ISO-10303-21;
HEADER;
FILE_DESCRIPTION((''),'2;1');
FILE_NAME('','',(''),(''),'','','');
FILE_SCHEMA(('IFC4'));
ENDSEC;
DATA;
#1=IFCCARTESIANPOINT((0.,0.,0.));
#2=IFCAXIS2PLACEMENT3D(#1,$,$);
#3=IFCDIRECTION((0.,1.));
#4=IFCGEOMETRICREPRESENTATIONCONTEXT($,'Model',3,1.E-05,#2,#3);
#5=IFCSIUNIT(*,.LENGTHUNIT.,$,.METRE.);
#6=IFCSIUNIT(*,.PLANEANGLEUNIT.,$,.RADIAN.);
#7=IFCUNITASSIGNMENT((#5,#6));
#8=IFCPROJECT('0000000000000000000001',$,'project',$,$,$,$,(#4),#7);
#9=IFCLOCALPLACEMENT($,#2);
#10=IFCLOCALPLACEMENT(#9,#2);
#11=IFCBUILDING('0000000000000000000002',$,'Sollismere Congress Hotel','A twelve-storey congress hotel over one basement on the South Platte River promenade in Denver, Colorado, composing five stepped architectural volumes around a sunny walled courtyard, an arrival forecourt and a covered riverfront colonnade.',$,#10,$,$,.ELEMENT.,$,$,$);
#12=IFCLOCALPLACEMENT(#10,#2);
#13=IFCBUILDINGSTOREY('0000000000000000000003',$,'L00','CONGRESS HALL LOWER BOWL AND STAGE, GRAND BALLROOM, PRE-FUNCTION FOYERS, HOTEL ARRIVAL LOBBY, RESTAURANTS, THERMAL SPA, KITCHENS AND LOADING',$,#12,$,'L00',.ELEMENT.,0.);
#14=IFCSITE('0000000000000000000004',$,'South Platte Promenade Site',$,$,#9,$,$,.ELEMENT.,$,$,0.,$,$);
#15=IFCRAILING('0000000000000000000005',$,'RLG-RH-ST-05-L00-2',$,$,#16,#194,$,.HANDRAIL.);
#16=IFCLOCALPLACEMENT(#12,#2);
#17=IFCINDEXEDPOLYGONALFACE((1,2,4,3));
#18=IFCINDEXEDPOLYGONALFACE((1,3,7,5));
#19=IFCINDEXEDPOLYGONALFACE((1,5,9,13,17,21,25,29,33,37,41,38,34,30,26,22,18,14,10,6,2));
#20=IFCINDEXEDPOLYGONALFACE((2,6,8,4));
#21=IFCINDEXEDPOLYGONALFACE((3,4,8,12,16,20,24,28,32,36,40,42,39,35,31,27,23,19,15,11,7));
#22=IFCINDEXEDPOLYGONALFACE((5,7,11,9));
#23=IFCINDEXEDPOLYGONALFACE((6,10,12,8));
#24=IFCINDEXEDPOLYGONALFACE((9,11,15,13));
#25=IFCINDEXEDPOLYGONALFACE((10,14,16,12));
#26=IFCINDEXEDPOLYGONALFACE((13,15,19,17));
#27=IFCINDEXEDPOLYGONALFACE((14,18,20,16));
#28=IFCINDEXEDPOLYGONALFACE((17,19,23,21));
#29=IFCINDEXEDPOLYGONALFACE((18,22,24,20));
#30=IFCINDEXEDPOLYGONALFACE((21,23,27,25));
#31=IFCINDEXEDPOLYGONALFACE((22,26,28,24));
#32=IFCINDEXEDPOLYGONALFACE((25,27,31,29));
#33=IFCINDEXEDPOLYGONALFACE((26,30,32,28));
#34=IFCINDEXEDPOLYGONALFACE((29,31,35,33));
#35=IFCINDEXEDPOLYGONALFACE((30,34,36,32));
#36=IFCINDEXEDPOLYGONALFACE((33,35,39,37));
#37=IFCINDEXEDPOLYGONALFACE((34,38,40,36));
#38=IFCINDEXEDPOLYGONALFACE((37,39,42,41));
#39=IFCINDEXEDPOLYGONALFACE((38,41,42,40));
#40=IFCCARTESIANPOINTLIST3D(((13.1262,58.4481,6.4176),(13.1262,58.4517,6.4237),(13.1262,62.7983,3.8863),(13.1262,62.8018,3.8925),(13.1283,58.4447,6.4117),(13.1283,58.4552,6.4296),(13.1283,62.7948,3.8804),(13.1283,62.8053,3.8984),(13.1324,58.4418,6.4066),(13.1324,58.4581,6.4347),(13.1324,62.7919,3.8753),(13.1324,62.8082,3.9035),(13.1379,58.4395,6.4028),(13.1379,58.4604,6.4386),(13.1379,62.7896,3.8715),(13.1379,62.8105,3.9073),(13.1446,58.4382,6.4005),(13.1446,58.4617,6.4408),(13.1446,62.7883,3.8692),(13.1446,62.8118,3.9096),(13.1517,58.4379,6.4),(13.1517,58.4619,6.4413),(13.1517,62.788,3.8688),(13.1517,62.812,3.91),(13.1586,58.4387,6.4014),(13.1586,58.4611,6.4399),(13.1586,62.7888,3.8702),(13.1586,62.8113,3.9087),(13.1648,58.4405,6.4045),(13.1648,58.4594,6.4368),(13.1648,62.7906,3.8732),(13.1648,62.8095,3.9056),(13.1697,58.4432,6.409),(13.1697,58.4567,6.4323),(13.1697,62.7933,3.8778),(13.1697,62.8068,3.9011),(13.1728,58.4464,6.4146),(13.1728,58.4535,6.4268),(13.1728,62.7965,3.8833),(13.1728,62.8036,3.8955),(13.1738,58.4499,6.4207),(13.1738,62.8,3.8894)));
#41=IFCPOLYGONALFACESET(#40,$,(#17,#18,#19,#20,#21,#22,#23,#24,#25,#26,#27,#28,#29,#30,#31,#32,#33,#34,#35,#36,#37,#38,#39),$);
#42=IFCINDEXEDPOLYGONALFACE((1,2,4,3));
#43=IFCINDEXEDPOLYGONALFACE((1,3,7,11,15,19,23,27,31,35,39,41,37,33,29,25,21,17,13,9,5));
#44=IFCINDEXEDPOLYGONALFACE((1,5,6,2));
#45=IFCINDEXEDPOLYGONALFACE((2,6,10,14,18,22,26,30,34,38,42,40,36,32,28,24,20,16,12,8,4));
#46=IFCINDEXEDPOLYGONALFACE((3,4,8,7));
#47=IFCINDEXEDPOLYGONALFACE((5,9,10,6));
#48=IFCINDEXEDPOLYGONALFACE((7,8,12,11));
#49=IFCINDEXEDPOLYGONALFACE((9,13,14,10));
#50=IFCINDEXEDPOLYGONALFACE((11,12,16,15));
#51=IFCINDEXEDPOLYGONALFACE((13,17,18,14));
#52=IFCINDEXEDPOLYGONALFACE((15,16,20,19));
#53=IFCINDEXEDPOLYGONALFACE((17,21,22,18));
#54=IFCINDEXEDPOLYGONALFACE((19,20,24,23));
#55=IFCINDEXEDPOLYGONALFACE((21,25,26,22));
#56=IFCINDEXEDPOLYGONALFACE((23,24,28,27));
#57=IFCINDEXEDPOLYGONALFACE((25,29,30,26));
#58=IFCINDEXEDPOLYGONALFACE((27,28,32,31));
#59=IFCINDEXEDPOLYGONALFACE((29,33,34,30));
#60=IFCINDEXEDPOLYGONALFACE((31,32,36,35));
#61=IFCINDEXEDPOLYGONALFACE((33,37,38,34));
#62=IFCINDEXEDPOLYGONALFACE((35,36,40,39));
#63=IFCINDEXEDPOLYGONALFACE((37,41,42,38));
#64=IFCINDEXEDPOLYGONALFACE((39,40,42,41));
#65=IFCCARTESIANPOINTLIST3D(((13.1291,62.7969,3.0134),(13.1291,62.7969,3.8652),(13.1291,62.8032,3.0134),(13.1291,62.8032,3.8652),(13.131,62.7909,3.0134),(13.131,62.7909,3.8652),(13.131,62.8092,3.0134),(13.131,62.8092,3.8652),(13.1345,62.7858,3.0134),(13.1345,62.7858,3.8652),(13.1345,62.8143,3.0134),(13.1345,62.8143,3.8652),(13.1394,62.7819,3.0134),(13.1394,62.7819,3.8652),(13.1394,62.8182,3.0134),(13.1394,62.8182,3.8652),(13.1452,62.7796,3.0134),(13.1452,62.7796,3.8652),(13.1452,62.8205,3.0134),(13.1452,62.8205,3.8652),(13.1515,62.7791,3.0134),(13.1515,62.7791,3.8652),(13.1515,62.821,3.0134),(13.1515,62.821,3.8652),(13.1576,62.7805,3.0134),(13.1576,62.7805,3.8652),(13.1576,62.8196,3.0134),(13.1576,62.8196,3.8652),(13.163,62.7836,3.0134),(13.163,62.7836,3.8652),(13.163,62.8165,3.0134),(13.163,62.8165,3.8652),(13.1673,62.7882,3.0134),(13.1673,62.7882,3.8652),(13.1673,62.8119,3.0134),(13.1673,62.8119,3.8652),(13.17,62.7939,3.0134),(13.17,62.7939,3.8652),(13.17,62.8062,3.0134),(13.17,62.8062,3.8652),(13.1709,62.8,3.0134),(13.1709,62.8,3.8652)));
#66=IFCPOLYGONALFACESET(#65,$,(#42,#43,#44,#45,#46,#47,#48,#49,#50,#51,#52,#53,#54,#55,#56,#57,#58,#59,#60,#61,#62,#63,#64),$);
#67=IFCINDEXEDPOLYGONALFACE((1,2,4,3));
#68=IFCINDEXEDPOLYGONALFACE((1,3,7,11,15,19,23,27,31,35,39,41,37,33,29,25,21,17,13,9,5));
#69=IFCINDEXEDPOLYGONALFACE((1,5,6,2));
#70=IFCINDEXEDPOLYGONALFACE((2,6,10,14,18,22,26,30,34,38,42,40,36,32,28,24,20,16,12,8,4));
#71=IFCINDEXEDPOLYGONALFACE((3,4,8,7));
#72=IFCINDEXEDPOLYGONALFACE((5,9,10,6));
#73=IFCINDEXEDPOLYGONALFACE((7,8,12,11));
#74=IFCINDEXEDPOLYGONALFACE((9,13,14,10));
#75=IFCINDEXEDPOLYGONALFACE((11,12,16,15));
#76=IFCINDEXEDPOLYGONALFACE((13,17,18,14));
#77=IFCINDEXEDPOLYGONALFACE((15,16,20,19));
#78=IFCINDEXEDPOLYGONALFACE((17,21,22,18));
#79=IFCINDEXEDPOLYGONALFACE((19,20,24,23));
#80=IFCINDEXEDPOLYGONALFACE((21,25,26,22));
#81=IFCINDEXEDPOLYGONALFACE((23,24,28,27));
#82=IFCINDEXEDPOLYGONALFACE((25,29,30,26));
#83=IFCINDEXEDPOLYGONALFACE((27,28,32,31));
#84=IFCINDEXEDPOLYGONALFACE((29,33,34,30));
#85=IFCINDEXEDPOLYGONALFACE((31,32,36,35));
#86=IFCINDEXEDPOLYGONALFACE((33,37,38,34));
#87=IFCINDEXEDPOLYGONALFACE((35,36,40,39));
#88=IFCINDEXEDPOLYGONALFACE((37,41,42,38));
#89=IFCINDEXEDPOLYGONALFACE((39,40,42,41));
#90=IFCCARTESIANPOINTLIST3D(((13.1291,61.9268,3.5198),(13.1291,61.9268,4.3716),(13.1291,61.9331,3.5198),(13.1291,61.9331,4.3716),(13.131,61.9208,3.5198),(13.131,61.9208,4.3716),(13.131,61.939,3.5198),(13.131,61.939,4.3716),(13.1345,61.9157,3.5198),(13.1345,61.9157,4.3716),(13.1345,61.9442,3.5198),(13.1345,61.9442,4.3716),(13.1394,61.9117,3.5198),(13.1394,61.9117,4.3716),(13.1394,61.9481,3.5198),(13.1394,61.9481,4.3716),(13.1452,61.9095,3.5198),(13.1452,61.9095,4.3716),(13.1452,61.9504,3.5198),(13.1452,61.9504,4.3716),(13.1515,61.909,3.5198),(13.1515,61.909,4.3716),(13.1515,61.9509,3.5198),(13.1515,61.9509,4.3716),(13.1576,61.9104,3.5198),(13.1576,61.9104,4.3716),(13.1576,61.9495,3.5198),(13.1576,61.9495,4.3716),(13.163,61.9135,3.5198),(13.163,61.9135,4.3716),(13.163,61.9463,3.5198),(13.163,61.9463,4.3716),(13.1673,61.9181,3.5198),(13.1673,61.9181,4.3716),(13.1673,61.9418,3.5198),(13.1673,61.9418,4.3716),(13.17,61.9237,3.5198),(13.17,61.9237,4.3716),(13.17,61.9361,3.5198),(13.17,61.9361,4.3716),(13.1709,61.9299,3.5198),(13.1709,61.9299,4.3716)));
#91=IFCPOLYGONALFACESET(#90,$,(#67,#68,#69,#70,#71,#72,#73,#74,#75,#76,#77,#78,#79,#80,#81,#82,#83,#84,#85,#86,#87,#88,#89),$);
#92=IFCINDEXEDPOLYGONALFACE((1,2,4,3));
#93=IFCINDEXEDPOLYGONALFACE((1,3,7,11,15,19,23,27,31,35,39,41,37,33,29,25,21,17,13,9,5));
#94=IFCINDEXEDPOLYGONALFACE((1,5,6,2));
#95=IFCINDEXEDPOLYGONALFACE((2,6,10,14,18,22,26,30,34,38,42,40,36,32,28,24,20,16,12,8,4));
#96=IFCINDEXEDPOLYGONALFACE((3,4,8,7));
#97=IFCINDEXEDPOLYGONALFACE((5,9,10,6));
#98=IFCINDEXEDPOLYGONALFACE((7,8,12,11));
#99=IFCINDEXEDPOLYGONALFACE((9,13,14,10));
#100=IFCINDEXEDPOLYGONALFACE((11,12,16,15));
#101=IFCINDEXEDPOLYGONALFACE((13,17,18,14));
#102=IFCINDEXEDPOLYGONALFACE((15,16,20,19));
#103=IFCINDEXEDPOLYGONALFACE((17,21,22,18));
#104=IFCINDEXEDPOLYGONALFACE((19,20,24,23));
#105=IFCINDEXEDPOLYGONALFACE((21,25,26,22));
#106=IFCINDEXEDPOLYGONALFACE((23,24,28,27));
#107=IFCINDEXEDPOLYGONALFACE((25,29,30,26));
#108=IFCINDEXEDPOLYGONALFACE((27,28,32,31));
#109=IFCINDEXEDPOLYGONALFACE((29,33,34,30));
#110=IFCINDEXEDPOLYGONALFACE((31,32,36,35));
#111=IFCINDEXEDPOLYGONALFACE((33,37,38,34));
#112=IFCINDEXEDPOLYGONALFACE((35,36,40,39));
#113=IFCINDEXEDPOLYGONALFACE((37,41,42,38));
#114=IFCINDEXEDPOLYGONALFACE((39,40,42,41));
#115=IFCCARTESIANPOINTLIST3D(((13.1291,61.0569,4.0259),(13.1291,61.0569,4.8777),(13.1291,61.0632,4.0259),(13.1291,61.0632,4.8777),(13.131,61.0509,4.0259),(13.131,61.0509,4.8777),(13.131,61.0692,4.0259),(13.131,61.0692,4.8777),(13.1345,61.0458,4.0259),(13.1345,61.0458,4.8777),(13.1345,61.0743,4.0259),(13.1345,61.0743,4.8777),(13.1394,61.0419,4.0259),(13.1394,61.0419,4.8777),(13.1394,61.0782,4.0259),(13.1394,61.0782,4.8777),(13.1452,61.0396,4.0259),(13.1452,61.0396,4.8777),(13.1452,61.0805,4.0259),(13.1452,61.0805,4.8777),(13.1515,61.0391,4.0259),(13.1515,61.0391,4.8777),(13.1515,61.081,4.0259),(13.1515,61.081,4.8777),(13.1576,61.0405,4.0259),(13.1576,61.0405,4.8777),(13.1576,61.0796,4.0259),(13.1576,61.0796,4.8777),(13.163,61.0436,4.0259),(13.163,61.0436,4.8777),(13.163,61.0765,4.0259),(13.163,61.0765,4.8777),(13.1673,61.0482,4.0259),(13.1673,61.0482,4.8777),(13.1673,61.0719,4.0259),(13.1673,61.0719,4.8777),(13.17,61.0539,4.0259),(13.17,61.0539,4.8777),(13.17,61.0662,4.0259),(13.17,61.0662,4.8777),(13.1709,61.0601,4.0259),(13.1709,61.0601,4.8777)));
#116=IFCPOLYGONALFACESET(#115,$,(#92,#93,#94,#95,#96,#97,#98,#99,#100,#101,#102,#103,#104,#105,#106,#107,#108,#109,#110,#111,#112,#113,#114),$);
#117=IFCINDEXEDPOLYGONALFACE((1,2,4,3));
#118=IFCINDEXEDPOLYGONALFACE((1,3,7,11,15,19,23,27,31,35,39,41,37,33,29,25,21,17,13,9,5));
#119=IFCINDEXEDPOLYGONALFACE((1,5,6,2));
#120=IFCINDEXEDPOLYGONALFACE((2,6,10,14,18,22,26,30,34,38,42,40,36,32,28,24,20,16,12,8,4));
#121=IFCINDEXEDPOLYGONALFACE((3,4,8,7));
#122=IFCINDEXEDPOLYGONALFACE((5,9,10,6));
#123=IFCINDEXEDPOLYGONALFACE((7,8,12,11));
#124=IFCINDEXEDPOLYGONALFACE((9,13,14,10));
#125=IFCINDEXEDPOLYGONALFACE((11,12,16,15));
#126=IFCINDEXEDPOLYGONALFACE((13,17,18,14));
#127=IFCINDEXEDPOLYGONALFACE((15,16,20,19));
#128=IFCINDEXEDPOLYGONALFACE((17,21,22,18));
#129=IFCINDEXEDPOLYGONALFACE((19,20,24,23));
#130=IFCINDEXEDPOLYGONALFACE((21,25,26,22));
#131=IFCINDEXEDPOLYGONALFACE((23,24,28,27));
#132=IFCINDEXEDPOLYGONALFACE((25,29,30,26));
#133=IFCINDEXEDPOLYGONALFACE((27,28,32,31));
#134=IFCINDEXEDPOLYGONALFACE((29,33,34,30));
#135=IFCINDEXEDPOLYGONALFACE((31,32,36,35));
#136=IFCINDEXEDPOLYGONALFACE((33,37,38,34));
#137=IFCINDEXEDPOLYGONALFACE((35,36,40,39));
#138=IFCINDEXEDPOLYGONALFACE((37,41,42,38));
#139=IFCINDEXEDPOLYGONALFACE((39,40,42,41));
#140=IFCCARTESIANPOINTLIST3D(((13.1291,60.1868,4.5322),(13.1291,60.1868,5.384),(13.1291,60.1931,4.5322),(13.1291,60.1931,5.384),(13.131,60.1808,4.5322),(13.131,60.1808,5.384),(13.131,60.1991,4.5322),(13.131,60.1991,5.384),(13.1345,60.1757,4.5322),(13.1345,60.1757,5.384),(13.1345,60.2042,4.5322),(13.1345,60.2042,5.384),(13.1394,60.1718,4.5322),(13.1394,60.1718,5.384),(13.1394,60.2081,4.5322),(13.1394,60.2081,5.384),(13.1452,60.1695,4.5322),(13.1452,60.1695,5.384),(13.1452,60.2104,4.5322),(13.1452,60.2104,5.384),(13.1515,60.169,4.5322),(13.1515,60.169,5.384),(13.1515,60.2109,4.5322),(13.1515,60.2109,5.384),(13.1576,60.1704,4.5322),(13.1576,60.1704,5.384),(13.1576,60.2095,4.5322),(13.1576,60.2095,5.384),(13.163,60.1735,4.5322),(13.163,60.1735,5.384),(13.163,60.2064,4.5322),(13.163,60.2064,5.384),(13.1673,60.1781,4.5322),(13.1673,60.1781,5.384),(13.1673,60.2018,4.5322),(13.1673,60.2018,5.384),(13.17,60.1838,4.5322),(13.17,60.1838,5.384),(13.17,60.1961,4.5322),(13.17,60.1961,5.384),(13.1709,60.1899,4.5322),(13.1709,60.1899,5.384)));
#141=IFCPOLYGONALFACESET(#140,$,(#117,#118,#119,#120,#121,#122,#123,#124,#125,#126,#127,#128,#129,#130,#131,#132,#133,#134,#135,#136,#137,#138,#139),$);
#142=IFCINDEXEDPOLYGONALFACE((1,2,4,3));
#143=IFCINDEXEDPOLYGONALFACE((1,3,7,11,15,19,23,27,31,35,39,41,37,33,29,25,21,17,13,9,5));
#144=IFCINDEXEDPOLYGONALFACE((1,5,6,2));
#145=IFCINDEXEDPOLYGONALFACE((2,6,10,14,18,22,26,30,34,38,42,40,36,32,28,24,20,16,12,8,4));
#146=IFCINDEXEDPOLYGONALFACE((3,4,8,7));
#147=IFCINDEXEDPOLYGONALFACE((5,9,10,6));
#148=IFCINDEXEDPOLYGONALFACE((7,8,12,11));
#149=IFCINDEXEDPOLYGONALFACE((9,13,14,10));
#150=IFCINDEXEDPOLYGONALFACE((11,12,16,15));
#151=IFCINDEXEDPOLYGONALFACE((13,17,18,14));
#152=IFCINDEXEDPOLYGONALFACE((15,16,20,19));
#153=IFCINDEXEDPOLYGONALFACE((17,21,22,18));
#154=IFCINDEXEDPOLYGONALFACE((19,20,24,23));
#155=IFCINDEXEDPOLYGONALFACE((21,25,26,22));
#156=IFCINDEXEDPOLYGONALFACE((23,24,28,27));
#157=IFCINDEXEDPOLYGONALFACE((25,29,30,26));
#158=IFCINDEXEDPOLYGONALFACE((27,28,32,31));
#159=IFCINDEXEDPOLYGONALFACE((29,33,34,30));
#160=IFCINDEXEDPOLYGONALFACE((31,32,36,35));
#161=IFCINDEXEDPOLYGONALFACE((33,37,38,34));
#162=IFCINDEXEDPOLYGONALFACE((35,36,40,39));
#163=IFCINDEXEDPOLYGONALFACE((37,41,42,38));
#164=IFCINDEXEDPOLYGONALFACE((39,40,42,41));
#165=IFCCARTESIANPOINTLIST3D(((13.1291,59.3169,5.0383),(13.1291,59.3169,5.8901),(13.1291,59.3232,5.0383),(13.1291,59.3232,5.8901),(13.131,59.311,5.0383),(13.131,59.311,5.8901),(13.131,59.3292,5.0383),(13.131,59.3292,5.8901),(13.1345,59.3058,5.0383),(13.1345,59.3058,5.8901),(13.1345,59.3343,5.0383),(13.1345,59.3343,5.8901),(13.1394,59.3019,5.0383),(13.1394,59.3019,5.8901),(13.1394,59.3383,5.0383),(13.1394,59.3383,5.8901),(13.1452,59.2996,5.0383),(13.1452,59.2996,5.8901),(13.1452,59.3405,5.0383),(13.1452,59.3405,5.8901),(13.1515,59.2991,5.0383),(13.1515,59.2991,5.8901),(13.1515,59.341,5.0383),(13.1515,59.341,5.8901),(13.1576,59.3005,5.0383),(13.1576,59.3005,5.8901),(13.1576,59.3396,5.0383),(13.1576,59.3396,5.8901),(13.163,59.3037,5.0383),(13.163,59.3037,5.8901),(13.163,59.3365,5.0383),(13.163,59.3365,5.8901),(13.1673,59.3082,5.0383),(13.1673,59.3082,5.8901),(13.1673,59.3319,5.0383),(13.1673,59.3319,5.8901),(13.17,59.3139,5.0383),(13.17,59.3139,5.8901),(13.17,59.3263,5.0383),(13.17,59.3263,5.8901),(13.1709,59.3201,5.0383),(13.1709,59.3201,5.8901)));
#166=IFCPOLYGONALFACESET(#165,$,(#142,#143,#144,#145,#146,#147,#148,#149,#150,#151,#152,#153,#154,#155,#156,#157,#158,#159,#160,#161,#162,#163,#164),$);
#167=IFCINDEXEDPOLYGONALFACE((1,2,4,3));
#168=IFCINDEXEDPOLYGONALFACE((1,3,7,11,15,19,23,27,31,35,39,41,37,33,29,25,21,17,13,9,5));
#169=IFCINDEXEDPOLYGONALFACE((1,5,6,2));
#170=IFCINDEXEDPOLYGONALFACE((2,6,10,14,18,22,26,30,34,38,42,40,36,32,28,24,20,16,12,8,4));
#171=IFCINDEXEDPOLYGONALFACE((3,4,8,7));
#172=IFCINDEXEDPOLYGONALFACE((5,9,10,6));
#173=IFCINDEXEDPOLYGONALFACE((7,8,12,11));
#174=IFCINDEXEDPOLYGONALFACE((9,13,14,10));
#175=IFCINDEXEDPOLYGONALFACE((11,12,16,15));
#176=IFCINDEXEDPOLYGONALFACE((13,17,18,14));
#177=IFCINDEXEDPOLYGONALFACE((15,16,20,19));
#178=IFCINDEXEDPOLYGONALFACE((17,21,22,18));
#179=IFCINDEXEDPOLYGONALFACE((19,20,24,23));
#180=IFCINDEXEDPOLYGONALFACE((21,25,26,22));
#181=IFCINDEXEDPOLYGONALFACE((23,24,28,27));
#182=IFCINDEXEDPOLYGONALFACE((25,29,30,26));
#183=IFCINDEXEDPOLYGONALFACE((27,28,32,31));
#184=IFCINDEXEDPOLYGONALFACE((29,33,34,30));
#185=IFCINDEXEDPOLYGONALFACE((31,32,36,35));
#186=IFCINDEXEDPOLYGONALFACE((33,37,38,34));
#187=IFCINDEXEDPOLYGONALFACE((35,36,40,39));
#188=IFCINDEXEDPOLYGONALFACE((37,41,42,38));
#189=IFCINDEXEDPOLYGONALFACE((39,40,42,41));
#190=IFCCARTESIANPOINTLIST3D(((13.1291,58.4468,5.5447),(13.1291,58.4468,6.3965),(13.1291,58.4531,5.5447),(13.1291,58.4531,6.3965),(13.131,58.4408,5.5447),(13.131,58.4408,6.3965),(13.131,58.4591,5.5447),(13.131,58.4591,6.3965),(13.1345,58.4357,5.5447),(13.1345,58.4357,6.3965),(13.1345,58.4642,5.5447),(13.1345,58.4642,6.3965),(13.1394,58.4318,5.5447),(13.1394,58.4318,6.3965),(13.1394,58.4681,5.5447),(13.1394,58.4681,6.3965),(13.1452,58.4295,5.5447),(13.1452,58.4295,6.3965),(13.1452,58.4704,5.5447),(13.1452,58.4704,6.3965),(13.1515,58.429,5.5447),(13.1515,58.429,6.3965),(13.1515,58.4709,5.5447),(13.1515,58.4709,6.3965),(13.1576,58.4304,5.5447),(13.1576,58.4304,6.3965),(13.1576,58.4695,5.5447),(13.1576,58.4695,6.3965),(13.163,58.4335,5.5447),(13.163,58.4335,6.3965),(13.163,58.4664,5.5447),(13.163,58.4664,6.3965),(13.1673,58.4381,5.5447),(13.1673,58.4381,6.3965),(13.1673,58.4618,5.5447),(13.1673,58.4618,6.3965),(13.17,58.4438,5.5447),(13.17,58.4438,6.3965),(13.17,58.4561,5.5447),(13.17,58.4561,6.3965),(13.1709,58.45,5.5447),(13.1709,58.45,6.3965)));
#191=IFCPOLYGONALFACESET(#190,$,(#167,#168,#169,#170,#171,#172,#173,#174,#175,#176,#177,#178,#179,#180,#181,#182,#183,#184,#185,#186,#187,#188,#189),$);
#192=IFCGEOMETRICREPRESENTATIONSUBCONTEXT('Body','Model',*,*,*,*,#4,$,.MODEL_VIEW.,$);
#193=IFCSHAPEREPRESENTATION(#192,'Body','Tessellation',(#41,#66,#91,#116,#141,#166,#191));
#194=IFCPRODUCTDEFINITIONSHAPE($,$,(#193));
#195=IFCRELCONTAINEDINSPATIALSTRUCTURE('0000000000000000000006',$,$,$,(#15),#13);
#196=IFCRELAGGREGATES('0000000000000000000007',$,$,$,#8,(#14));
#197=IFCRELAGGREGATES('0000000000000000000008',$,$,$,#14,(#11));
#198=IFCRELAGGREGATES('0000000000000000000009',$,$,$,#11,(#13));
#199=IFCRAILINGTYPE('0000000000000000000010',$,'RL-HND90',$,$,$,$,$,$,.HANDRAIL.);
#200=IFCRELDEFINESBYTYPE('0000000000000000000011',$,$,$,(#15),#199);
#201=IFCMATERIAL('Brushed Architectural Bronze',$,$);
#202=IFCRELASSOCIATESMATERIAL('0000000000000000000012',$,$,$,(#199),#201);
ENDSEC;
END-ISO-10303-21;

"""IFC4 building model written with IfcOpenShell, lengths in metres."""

from ifc_helpers import new_model, si_unit, direction, frame, origin, origin_2d, place, context, subcontext, project, spatial, circle, extrude, material, type_object, element, save


model = new_model("IFC4")

# Units and contexts
model_context = context("Model", 3, precision=1e-05, world=origin(), true_north=direction((0.0, 1.0)))
body_context = subcontext(model_context, "Body", "Model", "MODEL_VIEW")
ifc_project = project(units=[si_unit("LENGTHUNIT", "METRE"), si_unit("PLANEANGLEUNIT", "RADIAN")], contexts=[model_context])

# Site, building, storey
site_placement = place(None, origin())
site = spatial("IfcSite", under=ifc_project, at=site_placement, Name="South Platte Promenade Site", CompositionType="ELEMENT", RefElevation=0.0)
building_placement = place(site_placement, origin())
building = spatial("IfcBuilding", under=site, at=building_placement, Name="Sollismere Congress Hotel", Description="A twelve-storey congress hotel over one basement on the South Platte River promenade in Denver, Colorado, composing five stepped architectural volumes around a sunny walled courtyard, an arrival forecourt and a covered riverfront colonnade.", CompositionType="ELEMENT")
storey_placement = place(building_placement, origin())
storey = spatial("IfcBuildingStorey", under=building, at=storey_placement, Name="L00", Description="CONGRESS HALL LOWER BOWL AND STAGE, GRAND BALLROOM, PRE-FUNCTION FOYERS, HOTEL ARRIVAL LOBBY, RESTAURANTS, THERMAL SPA, KITCHENS AND LOADING", LongName="L00", CompositionType="ELEMENT", Elevation=0.0)

# Railing
ifc_material_1 = material(Name="Brushed Architectural Bronze")
railing_type_1 = type_object("IfcRailingType", Name="RL-HND90", PredefinedType="HANDRAIL", material=ifc_material_1)
railing_1_placement = place(storey_placement, frame((13.1499, 62.8, 3.0134)))
element("IfcRailing", 1, at=railing_1_placement, inside=storey, type_object=railing_type_1, Name="RLG-RH-ST-05-L00-2", PredefinedType="HANDRAIL", context=body_context, shape_type="SweptSolid", body=[
    extrude(circle(Radius=0.0239, at=origin_2d()), frame((0.0, 0.0, 0.876), z_axis=(0.0, -0.864324, 0.502936), x_axis=(1.0, 0.0, 0.0)), (0.0, 0.0, 1.0), 5.033),
    extrude(circle(Radius=0.021, at=origin_2d()), origin(), (0.0, 0.0, 1.0), 0.8518),
    extrude(circle(Radius=0.021, at=origin_2d()), frame((0.0, -0.8701, 0.5063)), (0.0, 0.0, 1.0), 0.8518),
    extrude(circle(Radius=0.021, at=origin_2d()), frame((0.0, -1.74, 1.0125)), (0.0, 0.0, 1.0), 0.8518),
    extrude(circle(Radius=0.021, at=origin_2d()), frame((0.0, -2.6101, 1.5188)), (0.0, 0.0, 1.0), 0.8518),
    extrude(circle(Radius=0.021, at=origin_2d()), frame((0.0, -3.48, 2.0249)), (0.0, 0.0, 1.0), 0.8518),
    extrude(circle(Radius=0.021, at=origin_2d()), frame((0.0, -4.3501, 2.5312)), (0.0, 0.0, 1.0), 0.8518),
])

save(model, "model.ifc")
